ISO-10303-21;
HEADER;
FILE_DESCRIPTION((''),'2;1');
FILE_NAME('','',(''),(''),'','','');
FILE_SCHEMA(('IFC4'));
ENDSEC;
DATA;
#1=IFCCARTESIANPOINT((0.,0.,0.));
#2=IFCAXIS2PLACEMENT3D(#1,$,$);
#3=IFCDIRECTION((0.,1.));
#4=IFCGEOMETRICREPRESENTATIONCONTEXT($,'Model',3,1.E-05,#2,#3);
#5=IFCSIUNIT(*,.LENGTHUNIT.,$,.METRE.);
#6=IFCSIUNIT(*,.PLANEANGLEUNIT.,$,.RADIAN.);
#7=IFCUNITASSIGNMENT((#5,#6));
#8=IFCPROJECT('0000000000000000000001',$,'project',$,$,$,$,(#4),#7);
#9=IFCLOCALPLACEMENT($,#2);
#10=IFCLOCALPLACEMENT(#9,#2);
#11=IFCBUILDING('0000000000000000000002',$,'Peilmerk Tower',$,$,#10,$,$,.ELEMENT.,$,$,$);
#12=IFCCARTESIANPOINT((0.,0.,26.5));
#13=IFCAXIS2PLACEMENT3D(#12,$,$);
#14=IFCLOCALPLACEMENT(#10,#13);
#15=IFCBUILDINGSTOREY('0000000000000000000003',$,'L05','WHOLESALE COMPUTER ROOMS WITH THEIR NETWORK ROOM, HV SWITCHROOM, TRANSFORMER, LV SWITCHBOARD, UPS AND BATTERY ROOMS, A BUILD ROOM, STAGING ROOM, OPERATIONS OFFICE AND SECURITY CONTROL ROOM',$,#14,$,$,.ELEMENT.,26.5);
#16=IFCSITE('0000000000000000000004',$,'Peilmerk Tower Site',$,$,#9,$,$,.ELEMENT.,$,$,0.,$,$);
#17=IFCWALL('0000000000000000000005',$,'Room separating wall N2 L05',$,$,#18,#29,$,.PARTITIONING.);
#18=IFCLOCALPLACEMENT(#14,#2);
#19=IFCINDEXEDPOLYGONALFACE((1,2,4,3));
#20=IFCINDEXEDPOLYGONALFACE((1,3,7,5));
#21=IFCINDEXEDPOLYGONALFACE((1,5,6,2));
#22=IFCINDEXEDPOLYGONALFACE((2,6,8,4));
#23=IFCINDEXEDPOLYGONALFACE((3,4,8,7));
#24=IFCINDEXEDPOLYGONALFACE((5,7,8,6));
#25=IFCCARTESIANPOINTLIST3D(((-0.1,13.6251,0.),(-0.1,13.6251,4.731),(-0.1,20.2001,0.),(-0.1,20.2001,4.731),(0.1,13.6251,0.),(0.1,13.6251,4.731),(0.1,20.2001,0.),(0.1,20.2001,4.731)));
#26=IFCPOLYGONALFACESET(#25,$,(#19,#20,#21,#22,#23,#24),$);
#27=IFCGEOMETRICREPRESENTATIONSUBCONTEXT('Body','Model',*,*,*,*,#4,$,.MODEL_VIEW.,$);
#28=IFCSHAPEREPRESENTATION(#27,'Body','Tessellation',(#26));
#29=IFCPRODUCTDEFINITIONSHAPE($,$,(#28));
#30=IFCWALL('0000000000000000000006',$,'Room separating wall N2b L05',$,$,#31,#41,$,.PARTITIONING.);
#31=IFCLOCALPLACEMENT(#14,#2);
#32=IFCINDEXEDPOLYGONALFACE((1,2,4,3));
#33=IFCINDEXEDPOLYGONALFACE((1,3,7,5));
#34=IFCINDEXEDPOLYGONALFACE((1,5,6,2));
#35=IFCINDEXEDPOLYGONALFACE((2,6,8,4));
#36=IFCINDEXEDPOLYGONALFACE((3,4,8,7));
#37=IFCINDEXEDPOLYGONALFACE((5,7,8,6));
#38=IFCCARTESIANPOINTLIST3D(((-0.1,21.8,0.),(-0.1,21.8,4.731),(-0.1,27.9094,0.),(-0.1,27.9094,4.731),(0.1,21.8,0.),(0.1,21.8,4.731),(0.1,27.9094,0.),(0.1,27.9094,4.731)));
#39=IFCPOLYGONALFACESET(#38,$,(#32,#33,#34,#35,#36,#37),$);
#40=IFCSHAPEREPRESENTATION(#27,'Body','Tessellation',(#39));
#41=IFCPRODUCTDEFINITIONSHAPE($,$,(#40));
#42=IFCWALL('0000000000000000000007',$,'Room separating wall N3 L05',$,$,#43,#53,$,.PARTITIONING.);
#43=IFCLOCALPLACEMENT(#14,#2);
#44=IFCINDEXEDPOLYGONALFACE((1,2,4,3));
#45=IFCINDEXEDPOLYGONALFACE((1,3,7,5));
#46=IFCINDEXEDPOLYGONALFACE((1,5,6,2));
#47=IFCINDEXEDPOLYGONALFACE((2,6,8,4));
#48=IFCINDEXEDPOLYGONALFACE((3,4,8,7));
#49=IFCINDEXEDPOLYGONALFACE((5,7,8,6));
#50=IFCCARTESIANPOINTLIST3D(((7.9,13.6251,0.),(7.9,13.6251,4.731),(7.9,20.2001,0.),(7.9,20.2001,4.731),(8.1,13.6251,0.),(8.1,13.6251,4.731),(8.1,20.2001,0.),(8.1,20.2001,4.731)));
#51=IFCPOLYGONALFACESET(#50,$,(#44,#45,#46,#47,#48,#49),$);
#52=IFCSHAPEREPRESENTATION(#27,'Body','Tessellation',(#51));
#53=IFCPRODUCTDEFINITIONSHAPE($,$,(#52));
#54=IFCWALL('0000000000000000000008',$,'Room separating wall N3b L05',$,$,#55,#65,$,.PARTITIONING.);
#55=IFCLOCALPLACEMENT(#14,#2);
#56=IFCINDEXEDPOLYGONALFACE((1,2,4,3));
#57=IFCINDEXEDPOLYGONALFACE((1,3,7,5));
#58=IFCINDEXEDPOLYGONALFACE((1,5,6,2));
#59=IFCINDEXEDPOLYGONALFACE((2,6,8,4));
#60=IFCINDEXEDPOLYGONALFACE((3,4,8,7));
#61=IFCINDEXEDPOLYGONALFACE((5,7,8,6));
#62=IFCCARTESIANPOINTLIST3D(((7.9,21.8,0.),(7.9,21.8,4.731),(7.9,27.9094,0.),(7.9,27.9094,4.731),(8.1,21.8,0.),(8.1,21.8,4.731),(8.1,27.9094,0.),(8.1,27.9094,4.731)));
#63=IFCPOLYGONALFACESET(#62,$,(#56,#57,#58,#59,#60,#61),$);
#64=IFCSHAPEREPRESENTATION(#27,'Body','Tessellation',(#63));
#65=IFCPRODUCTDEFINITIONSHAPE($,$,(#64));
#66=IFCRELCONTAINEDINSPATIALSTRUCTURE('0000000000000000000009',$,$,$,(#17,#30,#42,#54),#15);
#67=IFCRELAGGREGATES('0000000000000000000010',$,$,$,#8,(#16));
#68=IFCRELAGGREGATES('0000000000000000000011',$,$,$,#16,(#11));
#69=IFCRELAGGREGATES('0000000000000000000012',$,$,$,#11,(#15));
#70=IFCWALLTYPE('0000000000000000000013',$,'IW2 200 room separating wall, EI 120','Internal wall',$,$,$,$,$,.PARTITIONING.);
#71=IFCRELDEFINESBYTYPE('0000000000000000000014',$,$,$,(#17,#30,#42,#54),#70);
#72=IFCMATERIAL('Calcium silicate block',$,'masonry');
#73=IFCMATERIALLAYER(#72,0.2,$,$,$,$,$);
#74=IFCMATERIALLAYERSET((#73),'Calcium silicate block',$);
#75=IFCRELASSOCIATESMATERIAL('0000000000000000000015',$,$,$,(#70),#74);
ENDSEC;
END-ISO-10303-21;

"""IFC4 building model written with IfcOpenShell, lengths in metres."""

from ifc_helpers import new_model, si_unit, direction, frame, frame_2d, origin, place, context, subcontext, project, spatial, rectangle, extrude, material, layer, layer_set, type_object, element, save


model = new_model("IFC4")

# Units and contexts
model_context = context("Model", 3, precision=1e-05, world=origin(), true_north=direction((0.0, 1.0)))
body_context = subcontext(model_context, "Body", "Model", "MODEL_VIEW")
ifc_project = project(units=[si_unit("LENGTHUNIT", "METRE"), si_unit("PLANEANGLEUNIT", "RADIAN")], contexts=[model_context])

# Site, building, storey
site_placement = place(None, origin())
site = spatial("IfcSite", under=ifc_project, at=site_placement, Name="Peilmerk Tower Site", CompositionType="ELEMENT", RefElevation=0.0)
building_placement = place(site_placement, origin())
building = spatial("IfcBuilding", under=site, at=building_placement, Name="Peilmerk Tower", CompositionType="ELEMENT")
storey_placement = place(building_placement, frame((0.0, 0.0, 26.5)))
storey = spatial("IfcBuildingStorey", under=building, at=storey_placement, Name="L05", Description="WHOLESALE COMPUTER ROOMS WITH THEIR NETWORK ROOM, HV SWITCHROOM, TRANSFORMER, LV SWITCHBOARD, UPS AND BATTERY ROOMS, A BUILD ROOM, STAGING ROOM, OPERATIONS OFFICE AND SECURITY CONTROL ROOM", CompositionType="ELEMENT", Elevation=26.5)

# Walls
ifc_material_1 = material(Name="Calcium silicate block", Category="masonry")
ifc_layer = layer(ifc_material_1, 0.2)
ifc_layer_set = layer_set([ifc_layer], Name="Calcium silicate block")
wall_type = type_object("IfcWallType", Name="IW2 200 room separating wall, EI 120", Description="Internal wall", PredefinedType="PARTITIONING", material=ifc_layer_set)
wall_1_placement = place(storey_placement, frame((0.0, 13.625, 0.0), z_axis=(0.0, 0.0, 1.0), x_axis=(0.0, 1.0, 0.0)))
element("IfcWall", 1, at=wall_1_placement, inside=storey, type_object=wall_type, Name="Room separating wall N2 L05", PredefinedType="PARTITIONING", context=body_context, shape_type="SweptSolid", body=[
    extrude(rectangle(XDim=6.575, YDim=0.2, at=frame_2d((3.2876, 0.0))), origin(), (0.0, 0.0, 1.0), 4.731),
])
wall_2_placement = place(storey_placement, frame((0.0, 21.8, 0.0), z_axis=(0.0, 0.0, 1.0), x_axis=(0.0, 1.0, 0.0)))
element("IfcWall", 2, at=wall_2_placement, inside=storey, type_object=wall_type, Name="Room separating wall N2b L05", PredefinedType="PARTITIONING", context=body_context, shape_type="SweptSolid", body=[
    extrude(rectangle(XDim=6.1094, YDim=0.2, at=frame_2d((3.0547, 0.0))), origin(), (0.0, 0.0, 1.0), 4.731),
])
wall_3_placement = place(storey_placement, frame((8.0, 13.625, 0.0), z_axis=(0.0, 0.0, 1.0), x_axis=(0.0, 1.0, 0.0)))
element("IfcWall", 3, at=wall_3_placement, inside=storey, type_object=wall_type, Name="Room separating wall N3 L05", PredefinedType="PARTITIONING", context=body_context, shape_type="SweptSolid", body=[
    extrude(rectangle(XDim=6.575, YDim=0.2, at=frame_2d((3.2876, 0.0))), origin(), (0.0, 0.0, 1.0), 4.731),
])
wall_4_placement = place(storey_placement, frame((8.0, 21.8, 0.0), z_axis=(0.0, 0.0, 1.0), x_axis=(0.0, 1.0, 0.0)))
element("IfcWall", 4, at=wall_4_placement, inside=storey, type_object=wall_type, Name="Room separating wall N3b L05", PredefinedType="PARTITIONING", context=body_context, shape_type="SweptSolid", body=[
    extrude(rectangle(XDim=6.1094, YDim=0.2, at=frame_2d((3.0547, 0.0))), origin(), (0.0, 0.0, 1.0), 4.731),
])

save(model, "model.ifc")
